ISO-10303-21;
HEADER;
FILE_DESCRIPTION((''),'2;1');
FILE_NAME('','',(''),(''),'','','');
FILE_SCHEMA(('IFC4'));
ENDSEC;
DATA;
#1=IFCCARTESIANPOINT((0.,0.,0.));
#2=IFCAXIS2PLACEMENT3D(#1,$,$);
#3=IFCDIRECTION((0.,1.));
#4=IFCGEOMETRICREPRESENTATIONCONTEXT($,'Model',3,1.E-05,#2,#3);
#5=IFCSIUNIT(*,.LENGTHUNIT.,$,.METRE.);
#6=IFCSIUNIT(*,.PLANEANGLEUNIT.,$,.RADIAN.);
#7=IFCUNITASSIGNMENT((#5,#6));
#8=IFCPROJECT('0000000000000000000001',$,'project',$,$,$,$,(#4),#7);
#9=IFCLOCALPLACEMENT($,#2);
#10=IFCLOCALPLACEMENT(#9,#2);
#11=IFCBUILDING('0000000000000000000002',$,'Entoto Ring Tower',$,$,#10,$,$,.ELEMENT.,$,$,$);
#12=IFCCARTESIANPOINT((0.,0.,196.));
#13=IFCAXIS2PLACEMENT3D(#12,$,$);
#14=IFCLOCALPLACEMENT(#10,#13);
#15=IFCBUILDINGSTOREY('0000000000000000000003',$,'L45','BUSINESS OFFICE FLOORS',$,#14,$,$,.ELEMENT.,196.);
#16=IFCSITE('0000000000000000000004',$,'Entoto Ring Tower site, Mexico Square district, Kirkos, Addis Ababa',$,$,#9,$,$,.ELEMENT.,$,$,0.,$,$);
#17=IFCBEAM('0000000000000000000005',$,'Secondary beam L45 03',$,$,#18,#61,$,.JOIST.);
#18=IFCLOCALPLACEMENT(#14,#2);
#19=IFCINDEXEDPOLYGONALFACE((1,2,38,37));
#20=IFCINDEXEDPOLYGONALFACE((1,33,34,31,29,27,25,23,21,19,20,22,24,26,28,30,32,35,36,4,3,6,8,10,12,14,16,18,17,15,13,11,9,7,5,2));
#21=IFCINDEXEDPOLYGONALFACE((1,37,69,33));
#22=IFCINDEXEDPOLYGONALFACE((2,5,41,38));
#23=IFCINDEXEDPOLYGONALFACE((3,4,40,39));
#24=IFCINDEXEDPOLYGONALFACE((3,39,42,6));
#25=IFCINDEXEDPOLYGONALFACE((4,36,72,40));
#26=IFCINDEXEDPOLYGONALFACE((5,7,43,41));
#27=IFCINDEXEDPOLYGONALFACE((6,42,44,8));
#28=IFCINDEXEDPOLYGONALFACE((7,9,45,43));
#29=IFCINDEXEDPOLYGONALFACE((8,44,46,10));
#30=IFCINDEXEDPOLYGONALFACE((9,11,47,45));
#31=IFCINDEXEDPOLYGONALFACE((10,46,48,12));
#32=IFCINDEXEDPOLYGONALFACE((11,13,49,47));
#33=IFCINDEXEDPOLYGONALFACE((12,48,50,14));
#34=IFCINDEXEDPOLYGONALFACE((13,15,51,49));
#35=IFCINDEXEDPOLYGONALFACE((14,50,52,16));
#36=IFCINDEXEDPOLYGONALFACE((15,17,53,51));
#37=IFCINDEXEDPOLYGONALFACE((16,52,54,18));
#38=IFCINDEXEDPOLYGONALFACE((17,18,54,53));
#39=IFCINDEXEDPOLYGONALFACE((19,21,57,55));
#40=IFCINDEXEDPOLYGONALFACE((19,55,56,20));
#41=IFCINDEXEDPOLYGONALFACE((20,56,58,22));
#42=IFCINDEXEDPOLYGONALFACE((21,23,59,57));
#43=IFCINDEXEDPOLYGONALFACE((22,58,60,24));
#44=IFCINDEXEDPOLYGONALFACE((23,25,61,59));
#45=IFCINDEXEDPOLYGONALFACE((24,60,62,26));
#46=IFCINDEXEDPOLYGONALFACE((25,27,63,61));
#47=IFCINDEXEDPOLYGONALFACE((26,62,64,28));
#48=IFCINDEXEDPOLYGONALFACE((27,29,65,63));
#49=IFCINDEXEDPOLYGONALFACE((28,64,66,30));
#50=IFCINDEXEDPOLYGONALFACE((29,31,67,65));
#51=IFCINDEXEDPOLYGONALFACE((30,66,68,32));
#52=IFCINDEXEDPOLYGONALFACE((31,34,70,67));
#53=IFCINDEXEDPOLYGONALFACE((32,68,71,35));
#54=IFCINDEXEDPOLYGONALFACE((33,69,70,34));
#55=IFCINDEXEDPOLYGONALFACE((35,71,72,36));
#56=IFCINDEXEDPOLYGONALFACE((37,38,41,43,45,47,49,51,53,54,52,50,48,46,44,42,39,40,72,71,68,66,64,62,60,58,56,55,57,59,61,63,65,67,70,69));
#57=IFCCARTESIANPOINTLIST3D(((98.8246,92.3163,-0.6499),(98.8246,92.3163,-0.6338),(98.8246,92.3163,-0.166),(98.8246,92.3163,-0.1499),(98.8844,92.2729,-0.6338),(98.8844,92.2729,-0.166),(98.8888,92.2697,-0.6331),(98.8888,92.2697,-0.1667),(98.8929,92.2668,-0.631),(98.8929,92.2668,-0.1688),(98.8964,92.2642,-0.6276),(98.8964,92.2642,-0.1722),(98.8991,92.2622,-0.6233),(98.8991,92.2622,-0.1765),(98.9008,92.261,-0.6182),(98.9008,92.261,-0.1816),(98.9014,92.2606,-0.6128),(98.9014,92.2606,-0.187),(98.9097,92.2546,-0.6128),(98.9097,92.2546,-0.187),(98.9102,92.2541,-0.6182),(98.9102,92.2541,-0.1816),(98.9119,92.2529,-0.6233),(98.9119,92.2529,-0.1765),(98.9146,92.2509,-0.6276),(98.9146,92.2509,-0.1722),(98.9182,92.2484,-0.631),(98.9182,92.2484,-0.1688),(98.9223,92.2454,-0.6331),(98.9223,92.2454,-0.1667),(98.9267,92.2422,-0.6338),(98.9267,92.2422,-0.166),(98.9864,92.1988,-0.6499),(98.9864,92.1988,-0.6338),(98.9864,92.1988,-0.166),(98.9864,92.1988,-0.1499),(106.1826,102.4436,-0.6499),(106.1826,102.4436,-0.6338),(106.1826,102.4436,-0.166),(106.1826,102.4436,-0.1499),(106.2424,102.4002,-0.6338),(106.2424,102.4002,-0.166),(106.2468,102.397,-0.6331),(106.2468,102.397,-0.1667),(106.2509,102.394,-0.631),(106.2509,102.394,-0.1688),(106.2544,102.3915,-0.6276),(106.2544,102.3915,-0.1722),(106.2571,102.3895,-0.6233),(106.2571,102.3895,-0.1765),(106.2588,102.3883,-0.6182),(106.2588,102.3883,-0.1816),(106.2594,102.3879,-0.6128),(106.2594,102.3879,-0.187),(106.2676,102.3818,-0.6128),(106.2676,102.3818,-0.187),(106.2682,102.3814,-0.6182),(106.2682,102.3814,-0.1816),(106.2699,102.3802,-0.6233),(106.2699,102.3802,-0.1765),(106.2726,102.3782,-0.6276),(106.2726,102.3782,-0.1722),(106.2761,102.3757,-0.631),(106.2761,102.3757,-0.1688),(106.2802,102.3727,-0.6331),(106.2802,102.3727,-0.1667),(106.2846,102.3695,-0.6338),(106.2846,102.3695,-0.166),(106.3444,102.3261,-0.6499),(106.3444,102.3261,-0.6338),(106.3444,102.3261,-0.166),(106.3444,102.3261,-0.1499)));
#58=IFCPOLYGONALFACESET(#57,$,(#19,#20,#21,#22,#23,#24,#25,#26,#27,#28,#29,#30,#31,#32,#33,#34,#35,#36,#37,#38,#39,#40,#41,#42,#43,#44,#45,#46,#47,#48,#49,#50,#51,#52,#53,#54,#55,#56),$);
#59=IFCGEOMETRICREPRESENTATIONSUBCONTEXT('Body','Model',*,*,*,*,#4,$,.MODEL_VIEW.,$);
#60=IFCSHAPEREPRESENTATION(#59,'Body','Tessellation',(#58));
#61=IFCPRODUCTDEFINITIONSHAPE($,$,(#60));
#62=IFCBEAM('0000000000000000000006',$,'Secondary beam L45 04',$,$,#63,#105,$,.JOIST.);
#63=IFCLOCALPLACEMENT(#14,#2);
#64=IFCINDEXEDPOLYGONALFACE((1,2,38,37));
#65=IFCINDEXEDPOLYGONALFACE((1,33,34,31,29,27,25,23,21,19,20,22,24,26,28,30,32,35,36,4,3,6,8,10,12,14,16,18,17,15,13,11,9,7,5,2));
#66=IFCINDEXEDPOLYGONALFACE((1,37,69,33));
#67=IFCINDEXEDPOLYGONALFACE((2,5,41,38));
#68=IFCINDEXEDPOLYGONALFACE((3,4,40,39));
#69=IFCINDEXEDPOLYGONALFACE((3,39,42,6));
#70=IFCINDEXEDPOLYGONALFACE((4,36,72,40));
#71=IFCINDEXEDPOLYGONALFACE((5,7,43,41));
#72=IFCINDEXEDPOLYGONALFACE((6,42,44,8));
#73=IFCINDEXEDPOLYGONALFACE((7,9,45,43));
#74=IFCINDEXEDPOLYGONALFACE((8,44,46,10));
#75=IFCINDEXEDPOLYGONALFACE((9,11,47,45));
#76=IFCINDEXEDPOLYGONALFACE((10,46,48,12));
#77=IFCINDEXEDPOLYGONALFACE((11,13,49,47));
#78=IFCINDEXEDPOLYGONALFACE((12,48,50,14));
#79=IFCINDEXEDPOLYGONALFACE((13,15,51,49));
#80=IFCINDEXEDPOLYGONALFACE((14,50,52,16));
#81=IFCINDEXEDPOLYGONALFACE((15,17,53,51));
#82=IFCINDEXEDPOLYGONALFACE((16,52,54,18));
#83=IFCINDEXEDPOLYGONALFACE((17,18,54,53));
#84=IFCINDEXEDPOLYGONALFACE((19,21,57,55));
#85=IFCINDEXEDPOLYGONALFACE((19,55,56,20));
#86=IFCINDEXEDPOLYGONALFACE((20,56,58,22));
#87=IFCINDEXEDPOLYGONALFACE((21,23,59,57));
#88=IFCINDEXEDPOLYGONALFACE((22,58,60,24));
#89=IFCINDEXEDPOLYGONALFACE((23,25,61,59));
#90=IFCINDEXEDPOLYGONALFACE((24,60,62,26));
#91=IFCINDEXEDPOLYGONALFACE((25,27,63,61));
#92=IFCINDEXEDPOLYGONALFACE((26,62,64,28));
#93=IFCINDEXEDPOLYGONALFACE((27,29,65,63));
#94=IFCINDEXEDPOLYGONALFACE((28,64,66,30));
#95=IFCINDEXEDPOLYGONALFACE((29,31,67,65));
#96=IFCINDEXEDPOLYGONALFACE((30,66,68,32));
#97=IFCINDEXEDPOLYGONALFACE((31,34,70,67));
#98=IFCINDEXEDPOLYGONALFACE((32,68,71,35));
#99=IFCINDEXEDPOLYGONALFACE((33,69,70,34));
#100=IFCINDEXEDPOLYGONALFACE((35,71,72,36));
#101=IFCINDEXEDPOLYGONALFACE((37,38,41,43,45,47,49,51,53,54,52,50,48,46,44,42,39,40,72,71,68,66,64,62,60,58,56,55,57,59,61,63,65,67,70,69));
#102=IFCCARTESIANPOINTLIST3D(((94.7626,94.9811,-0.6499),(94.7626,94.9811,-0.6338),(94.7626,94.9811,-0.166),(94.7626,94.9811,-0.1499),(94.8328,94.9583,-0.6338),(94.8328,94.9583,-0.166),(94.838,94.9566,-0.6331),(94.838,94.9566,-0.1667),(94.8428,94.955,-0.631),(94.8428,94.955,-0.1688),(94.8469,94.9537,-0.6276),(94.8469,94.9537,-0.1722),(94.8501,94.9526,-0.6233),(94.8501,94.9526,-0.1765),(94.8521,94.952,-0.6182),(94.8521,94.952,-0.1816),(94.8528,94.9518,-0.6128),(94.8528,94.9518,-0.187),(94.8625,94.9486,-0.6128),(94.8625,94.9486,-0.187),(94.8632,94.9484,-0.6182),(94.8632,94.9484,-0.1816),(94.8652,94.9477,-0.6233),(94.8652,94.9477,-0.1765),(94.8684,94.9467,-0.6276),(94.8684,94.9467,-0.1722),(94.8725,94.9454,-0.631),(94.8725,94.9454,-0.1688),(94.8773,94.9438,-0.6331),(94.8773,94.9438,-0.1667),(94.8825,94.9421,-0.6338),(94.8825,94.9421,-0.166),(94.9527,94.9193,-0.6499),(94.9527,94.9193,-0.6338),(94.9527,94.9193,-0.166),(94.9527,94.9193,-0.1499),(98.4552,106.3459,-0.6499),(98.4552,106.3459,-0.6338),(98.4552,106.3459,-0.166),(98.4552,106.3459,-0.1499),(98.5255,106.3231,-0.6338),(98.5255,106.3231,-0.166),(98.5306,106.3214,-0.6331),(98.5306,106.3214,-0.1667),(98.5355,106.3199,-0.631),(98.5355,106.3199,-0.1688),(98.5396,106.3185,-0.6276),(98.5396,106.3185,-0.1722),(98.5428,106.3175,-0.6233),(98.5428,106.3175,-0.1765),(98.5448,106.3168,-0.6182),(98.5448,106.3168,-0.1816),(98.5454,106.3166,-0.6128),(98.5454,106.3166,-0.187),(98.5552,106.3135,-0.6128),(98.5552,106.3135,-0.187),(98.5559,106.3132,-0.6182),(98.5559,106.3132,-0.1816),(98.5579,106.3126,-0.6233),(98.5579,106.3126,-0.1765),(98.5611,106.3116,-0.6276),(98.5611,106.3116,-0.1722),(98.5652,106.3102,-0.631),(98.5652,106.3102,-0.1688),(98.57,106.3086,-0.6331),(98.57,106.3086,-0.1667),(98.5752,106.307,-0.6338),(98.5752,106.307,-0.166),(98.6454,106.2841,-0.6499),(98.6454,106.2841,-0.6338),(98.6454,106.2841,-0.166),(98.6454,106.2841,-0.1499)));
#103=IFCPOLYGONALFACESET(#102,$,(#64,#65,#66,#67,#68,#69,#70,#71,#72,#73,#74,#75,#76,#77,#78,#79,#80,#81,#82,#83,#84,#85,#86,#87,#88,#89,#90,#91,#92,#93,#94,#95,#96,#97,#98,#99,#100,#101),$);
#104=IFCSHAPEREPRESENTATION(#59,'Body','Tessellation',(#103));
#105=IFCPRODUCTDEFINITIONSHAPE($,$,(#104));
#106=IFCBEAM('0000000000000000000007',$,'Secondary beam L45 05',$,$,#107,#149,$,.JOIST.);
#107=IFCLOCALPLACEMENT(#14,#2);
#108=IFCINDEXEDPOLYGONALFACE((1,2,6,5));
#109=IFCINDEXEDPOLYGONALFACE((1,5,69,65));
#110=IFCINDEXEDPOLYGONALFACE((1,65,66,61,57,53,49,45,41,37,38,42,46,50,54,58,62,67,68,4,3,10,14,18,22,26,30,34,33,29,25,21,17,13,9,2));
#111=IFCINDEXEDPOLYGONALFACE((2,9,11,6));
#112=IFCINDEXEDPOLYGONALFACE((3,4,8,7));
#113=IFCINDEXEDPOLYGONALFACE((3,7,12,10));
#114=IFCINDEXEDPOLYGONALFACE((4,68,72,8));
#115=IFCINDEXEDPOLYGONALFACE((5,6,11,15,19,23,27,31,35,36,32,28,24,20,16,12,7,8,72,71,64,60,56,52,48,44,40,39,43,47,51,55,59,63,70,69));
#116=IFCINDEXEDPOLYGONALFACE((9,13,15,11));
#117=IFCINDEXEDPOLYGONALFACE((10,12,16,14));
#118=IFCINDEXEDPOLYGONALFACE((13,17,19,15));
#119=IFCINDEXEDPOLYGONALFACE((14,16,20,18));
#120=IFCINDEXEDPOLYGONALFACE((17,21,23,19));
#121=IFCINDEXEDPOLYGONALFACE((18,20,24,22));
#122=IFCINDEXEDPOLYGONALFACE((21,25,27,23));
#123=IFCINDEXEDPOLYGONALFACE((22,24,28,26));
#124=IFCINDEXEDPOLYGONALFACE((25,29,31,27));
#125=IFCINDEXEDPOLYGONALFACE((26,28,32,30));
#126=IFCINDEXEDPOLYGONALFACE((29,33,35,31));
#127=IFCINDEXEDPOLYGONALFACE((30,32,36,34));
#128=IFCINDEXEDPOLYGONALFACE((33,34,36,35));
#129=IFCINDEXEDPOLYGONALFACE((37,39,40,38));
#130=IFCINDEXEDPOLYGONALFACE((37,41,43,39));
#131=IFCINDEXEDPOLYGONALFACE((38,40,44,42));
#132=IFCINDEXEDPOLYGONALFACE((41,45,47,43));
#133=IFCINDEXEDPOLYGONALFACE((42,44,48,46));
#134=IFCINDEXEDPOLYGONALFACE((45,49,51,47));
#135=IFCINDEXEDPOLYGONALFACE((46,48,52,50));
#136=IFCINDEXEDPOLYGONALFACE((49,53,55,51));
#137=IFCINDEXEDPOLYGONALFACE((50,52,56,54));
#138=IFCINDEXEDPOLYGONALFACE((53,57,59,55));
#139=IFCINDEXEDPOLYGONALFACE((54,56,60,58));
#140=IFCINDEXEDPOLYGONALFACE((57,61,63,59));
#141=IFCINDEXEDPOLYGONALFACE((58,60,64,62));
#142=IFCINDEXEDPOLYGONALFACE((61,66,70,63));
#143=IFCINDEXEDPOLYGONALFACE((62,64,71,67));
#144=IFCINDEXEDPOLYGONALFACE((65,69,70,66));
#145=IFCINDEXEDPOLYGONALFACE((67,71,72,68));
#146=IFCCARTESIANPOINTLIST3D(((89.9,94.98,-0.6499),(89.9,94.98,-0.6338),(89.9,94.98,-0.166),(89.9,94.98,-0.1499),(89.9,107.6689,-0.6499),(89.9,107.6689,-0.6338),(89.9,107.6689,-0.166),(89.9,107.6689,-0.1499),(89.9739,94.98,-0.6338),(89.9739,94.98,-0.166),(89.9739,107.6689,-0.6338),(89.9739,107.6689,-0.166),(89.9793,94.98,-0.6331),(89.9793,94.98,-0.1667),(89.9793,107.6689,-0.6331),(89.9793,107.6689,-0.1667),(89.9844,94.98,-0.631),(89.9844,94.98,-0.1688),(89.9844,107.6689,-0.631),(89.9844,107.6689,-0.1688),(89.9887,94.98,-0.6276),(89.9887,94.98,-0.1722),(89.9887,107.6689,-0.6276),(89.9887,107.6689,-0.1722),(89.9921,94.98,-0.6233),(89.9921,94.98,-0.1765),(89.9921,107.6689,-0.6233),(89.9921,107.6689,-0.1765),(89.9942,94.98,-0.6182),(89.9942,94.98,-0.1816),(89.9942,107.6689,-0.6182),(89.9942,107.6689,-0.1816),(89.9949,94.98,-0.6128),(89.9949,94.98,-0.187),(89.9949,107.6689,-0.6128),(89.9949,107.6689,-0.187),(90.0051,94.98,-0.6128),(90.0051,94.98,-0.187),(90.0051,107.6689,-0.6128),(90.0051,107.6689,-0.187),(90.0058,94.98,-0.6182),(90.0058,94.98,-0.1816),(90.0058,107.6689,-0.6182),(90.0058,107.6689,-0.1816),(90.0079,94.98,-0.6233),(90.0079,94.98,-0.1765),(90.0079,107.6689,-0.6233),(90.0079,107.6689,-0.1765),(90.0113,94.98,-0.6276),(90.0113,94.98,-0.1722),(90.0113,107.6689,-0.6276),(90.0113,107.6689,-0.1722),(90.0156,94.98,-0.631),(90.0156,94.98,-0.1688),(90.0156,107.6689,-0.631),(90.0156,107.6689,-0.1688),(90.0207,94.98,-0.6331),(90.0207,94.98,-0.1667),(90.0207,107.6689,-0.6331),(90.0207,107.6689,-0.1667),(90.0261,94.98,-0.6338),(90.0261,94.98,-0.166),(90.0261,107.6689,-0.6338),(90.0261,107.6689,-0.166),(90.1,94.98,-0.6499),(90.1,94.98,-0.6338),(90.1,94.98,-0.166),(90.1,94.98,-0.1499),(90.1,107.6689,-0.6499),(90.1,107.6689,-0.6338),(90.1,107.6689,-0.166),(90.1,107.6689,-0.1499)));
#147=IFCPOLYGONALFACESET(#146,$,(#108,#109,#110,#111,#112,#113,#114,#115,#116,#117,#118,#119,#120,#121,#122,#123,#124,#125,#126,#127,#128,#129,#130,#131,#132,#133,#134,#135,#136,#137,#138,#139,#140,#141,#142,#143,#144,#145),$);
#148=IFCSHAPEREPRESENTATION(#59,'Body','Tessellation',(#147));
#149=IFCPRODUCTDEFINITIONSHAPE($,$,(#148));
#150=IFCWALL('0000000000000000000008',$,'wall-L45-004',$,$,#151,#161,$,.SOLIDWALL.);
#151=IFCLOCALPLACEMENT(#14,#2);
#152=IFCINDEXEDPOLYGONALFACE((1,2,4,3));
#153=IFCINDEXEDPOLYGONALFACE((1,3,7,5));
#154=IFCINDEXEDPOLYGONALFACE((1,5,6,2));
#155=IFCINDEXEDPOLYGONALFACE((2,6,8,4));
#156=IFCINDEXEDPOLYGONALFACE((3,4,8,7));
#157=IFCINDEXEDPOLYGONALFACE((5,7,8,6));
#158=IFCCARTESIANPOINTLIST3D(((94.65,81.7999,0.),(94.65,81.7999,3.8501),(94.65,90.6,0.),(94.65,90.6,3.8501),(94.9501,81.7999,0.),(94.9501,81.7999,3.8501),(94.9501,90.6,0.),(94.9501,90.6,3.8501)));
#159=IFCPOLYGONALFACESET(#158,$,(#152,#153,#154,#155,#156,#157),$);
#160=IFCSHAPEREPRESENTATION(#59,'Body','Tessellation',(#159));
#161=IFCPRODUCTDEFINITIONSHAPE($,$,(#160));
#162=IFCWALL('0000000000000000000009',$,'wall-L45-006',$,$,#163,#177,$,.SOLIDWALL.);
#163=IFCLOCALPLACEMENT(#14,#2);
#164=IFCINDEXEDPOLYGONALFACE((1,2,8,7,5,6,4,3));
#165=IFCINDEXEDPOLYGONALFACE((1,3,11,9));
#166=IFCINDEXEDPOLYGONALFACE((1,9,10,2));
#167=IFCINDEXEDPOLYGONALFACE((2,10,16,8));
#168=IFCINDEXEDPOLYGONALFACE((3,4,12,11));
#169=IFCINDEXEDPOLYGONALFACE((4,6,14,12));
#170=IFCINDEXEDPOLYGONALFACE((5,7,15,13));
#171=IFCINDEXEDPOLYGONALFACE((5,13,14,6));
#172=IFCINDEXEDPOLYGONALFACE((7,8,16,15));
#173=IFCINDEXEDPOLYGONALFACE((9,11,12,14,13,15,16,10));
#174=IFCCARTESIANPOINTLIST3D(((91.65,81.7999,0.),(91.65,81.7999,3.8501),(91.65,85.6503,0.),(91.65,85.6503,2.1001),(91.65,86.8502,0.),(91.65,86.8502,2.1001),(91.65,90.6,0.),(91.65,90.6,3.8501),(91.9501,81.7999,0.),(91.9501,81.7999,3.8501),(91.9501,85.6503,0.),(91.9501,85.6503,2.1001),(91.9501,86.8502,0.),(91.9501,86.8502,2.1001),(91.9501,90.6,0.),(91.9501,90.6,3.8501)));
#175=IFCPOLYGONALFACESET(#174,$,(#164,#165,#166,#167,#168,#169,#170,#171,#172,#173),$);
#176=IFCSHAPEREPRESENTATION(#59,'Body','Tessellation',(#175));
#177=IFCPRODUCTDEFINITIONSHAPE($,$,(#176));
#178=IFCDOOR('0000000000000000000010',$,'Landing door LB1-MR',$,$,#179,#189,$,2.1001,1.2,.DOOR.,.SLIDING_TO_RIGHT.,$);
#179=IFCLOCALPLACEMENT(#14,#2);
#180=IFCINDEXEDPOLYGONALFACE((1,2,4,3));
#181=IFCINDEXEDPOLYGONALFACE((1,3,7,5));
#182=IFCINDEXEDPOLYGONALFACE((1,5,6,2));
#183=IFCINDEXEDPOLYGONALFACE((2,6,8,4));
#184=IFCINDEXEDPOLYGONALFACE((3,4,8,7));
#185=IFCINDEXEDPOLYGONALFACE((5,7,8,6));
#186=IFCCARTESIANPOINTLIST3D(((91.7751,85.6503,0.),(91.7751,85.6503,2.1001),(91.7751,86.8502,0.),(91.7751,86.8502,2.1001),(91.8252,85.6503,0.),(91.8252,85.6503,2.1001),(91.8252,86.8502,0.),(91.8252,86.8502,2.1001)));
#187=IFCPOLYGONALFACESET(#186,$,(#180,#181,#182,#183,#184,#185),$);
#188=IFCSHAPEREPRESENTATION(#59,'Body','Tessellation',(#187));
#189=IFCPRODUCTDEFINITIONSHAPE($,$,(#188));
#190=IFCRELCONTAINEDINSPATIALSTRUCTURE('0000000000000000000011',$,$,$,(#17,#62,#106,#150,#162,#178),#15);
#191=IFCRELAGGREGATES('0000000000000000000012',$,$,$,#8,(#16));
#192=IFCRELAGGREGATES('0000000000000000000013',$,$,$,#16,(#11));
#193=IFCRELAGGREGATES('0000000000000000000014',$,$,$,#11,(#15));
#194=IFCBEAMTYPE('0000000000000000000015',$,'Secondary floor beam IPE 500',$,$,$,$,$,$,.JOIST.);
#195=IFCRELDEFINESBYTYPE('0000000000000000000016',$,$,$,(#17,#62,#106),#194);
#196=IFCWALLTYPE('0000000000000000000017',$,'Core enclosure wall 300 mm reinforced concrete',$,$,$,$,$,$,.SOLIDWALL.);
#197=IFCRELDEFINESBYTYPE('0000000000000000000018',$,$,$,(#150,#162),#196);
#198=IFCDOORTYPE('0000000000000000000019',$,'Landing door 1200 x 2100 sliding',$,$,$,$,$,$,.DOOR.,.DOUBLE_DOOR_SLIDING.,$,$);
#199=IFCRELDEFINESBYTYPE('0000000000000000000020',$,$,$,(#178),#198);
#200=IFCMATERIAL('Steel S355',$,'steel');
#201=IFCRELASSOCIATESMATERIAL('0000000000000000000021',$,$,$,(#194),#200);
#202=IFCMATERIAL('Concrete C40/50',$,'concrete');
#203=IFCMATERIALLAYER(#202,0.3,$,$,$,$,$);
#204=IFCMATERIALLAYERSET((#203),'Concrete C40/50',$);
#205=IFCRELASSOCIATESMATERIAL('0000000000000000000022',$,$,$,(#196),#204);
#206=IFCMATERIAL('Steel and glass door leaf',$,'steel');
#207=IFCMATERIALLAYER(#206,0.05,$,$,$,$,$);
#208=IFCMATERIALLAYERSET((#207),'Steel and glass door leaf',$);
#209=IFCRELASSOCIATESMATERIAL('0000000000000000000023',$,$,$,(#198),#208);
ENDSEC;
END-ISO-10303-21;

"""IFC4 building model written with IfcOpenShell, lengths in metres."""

from ifc_helpers import new_model, si_unit, direction, frame, frame_2d, origin, origin_2d, place, context, subcontext, project, spatial, rectangle, i_section, extrude, material, layer, layer_set, material_profile, profile_set, type_object, element, fill, save


model = new_model("IFC4")

# Units and contexts
model_context = context("Model", 3, precision=1e-05, world=origin(), true_north=direction((0.0, 1.0)))
body_context = subcontext(model_context, "Body", "Model", "MODEL_VIEW")
ifc_project = project(units=[si_unit("LENGTHUNIT", "METRE"), si_unit("PLANEANGLEUNIT", "RADIAN")], contexts=[model_context])

# Site, building, storey
site_placement = place(None, origin())
site = spatial("IfcSite", under=ifc_project, at=site_placement, Name="Entoto Ring Tower site, Mexico Square district, Kirkos, Addis Ababa", CompositionType="ELEMENT", RefElevation=0.0)
building_placement = place(site_placement, origin())
building = spatial("IfcBuilding", under=site, at=building_placement, Name="Entoto Ring Tower", CompositionType="ELEMENT")
storey_placement = place(building_placement, frame((0.0, 0.0, 196.0)))
storey = spatial("IfcBuildingStorey", under=building, at=storey_placement, Name="L45", Description="BUSINESS OFFICE FLOORS", CompositionType="ELEMENT", Elevation=196.0)

# Beams
ifc_material_1 = material(Name="Steel S355", Category="steel")
ifc_material_profile_1 = material_profile(ifc_material_1, i_section(OverallWidth=0.2, OverallDepth=0.5, WebThickness=0.0103, FlangeThickness=0.0161, FilletRadius=0.021, at=origin_2d()), Name="IPE 500")
ifc_profile_set_1 = profile_set([ifc_material_profile_1], Name="Steel S355")
beam_type_1 = type_object("IfcBeamType", Name="Secondary floor beam IPE 500", PredefinedType="JOIST", material=ifc_profile_set_1)
beam_1_placement = place(storey_placement, frame((98.9055, 92.2576, -0.3999), z_axis=(0.587789, 0.809014, 0.0), x_axis=(-0.809014, 0.587789, 0.0)))
element("IfcBeam", 1, at=beam_1_placement, inside=storey, type_object=beam_type_1, Name="Secondary beam L45 03", PredefinedType="JOIST", context=body_context, shape_type="SweptSolid", body=[
    extrude(i_section(OverallWidth=0.2, OverallDepth=0.5, WebThickness=0.0103, FlangeThickness=0.0161, FilletRadius=0.021, at=origin_2d()), origin(), (0.0, 0.0, 1.0), 12.5181),
])
beam_2_placement = place(storey_placement, frame((94.8577, 94.9502, -0.3999), z_axis=(0.309017, 0.951057, 0.0), x_axis=(-0.951057, 0.309017, 0.0)))
element("IfcBeam", 2, at=beam_2_placement, inside=storey, type_object=beam_type_1, Name="Secondary beam L45 04", PredefinedType="JOIST", context=body_context, shape_type="SweptSolid", body=[
    extrude(i_section(OverallWidth=0.2, OverallDepth=0.5, WebThickness=0.0103, FlangeThickness=0.0161, FilletRadius=0.021, at=origin_2d()), origin(), (0.0, 0.0, 1.0), 11.9497),
])
beam_3_placement = place(storey_placement, frame((90.0, 94.98, -0.3999), z_axis=(0.0, 1.0, 0.0), x_axis=(-1.0, 0.0, 0.0)))
element("IfcBeam", 3, at=beam_3_placement, inside=storey, type_object=beam_type_1, Name="Secondary beam L45 05", PredefinedType="JOIST", context=body_context, shape_type="SweptSolid", body=[
    extrude(i_section(OverallWidth=0.2, OverallDepth=0.5, WebThickness=0.0103, FlangeThickness=0.0161, FilletRadius=0.021, at=origin_2d()), origin(), (0.0, 0.0, 1.0), 12.689),
])

# Wall
ifc_material_2 = material(Name="Concrete C40/50", Category="concrete")
ifc_layer_1 = layer(ifc_material_2, 0.3)
ifc_layer_set_1 = layer_set([ifc_layer_1], Name="Concrete C40/50")
wall_type_1 = type_object("IfcWallType", Name="Core enclosure wall 300 mm reinforced concrete", PredefinedType="SOLIDWALL", material=ifc_layer_set_1)
wall_1_placement = place(storey_placement, frame((94.8, 81.8, 0.0), z_axis=(0.0, 0.0, 1.0), x_axis=(0.0, 1.0, 0.0)))
element("IfcWall", 4, at=wall_1_placement, inside=storey, type_object=wall_type_1, Name="wall-L45-004", PredefinedType="SOLIDWALL", context=body_context, shape_type="SweptSolid", body=[
    extrude(rectangle(XDim=8.8, YDim=0.3, at=frame_2d((4.3999, 0.0))), origin(), (0.0, 0.0, 1.0), 3.8501),
])

# Wall, opening, door
wall_2_placement = place(storey_placement, frame((91.8, 81.8, 0.0), z_axis=(0.0, 0.0, 1.0), x_axis=(0.0, 1.0, 0.0)))
wall_2 = element("IfcWall", 5, at=wall_2_placement, inside=storey, type_object=wall_type_1, Name="wall-L45-006", PredefinedType="SOLIDWALL", context=body_context, shape_type="SweptSolid", body=[
    extrude(rectangle(XDim=8.8, YDim=0.3, at=frame_2d((4.3999, 0.0))), origin(), (0.0, 0.0, 1.0), 3.8501),
])
opening_1_placement = place(wall_2_placement, frame((3.8501, 0.0, 0.0)))
opening_1 = element("IfcOpeningElement", 6, at=opening_1_placement, cuts=wall_2, PredefinedType="OPENING", context=body_context, shape_type="SweptSolid", body=[
    extrude(rectangle(XDim=1.2, YDim=2.1001, at=frame_2d((0.6001, 1.05))), frame((0.0, 0.1602, 0.0), z_axis=(0.0, -1.0, 0.0), x_axis=(1.0, 0.0, 0.0)), (0.0, 0.0, 1.0), 0.3201),
])
ifc_material_3 = material(Name="Steel and glass door leaf", Category="steel")
ifc_layer_2 = layer(ifc_material_3, 0.05)
ifc_layer_set_2 = layer_set([ifc_layer_2], Name="Steel and glass door leaf")
door_type_1 = type_object("IfcDoorType", Name="Landing door 1200 x 2100 sliding", OperationType="DOUBLE_DOOR_SLIDING", PredefinedType="DOOR", material=ifc_layer_set_2)
door_1_placement = place(opening_1_placement, origin())
door_1 = element("IfcDoor", 7, at=door_1_placement, inside=storey, type_object=door_type_1, Name="Landing door LB1-MR", OperationType="SLIDING_TO_RIGHT", OverallHeight=2.1001, OverallWidth=1.2, PredefinedType="DOOR", context=body_context, shape_type="SweptSolid", body=[
    extrude(rectangle(XDim=1.2, YDim=2.1001, at=frame_2d((0.6001, 1.05))), frame((0.0, 0.0249, 0.0), z_axis=(0.0, -1.0, 0.0), x_axis=(1.0, 0.0, 0.0)), (0.0, 0.0, 1.0), 0.05),
])
fill(opening_1, door_1)

save(model, "model.ifc")
